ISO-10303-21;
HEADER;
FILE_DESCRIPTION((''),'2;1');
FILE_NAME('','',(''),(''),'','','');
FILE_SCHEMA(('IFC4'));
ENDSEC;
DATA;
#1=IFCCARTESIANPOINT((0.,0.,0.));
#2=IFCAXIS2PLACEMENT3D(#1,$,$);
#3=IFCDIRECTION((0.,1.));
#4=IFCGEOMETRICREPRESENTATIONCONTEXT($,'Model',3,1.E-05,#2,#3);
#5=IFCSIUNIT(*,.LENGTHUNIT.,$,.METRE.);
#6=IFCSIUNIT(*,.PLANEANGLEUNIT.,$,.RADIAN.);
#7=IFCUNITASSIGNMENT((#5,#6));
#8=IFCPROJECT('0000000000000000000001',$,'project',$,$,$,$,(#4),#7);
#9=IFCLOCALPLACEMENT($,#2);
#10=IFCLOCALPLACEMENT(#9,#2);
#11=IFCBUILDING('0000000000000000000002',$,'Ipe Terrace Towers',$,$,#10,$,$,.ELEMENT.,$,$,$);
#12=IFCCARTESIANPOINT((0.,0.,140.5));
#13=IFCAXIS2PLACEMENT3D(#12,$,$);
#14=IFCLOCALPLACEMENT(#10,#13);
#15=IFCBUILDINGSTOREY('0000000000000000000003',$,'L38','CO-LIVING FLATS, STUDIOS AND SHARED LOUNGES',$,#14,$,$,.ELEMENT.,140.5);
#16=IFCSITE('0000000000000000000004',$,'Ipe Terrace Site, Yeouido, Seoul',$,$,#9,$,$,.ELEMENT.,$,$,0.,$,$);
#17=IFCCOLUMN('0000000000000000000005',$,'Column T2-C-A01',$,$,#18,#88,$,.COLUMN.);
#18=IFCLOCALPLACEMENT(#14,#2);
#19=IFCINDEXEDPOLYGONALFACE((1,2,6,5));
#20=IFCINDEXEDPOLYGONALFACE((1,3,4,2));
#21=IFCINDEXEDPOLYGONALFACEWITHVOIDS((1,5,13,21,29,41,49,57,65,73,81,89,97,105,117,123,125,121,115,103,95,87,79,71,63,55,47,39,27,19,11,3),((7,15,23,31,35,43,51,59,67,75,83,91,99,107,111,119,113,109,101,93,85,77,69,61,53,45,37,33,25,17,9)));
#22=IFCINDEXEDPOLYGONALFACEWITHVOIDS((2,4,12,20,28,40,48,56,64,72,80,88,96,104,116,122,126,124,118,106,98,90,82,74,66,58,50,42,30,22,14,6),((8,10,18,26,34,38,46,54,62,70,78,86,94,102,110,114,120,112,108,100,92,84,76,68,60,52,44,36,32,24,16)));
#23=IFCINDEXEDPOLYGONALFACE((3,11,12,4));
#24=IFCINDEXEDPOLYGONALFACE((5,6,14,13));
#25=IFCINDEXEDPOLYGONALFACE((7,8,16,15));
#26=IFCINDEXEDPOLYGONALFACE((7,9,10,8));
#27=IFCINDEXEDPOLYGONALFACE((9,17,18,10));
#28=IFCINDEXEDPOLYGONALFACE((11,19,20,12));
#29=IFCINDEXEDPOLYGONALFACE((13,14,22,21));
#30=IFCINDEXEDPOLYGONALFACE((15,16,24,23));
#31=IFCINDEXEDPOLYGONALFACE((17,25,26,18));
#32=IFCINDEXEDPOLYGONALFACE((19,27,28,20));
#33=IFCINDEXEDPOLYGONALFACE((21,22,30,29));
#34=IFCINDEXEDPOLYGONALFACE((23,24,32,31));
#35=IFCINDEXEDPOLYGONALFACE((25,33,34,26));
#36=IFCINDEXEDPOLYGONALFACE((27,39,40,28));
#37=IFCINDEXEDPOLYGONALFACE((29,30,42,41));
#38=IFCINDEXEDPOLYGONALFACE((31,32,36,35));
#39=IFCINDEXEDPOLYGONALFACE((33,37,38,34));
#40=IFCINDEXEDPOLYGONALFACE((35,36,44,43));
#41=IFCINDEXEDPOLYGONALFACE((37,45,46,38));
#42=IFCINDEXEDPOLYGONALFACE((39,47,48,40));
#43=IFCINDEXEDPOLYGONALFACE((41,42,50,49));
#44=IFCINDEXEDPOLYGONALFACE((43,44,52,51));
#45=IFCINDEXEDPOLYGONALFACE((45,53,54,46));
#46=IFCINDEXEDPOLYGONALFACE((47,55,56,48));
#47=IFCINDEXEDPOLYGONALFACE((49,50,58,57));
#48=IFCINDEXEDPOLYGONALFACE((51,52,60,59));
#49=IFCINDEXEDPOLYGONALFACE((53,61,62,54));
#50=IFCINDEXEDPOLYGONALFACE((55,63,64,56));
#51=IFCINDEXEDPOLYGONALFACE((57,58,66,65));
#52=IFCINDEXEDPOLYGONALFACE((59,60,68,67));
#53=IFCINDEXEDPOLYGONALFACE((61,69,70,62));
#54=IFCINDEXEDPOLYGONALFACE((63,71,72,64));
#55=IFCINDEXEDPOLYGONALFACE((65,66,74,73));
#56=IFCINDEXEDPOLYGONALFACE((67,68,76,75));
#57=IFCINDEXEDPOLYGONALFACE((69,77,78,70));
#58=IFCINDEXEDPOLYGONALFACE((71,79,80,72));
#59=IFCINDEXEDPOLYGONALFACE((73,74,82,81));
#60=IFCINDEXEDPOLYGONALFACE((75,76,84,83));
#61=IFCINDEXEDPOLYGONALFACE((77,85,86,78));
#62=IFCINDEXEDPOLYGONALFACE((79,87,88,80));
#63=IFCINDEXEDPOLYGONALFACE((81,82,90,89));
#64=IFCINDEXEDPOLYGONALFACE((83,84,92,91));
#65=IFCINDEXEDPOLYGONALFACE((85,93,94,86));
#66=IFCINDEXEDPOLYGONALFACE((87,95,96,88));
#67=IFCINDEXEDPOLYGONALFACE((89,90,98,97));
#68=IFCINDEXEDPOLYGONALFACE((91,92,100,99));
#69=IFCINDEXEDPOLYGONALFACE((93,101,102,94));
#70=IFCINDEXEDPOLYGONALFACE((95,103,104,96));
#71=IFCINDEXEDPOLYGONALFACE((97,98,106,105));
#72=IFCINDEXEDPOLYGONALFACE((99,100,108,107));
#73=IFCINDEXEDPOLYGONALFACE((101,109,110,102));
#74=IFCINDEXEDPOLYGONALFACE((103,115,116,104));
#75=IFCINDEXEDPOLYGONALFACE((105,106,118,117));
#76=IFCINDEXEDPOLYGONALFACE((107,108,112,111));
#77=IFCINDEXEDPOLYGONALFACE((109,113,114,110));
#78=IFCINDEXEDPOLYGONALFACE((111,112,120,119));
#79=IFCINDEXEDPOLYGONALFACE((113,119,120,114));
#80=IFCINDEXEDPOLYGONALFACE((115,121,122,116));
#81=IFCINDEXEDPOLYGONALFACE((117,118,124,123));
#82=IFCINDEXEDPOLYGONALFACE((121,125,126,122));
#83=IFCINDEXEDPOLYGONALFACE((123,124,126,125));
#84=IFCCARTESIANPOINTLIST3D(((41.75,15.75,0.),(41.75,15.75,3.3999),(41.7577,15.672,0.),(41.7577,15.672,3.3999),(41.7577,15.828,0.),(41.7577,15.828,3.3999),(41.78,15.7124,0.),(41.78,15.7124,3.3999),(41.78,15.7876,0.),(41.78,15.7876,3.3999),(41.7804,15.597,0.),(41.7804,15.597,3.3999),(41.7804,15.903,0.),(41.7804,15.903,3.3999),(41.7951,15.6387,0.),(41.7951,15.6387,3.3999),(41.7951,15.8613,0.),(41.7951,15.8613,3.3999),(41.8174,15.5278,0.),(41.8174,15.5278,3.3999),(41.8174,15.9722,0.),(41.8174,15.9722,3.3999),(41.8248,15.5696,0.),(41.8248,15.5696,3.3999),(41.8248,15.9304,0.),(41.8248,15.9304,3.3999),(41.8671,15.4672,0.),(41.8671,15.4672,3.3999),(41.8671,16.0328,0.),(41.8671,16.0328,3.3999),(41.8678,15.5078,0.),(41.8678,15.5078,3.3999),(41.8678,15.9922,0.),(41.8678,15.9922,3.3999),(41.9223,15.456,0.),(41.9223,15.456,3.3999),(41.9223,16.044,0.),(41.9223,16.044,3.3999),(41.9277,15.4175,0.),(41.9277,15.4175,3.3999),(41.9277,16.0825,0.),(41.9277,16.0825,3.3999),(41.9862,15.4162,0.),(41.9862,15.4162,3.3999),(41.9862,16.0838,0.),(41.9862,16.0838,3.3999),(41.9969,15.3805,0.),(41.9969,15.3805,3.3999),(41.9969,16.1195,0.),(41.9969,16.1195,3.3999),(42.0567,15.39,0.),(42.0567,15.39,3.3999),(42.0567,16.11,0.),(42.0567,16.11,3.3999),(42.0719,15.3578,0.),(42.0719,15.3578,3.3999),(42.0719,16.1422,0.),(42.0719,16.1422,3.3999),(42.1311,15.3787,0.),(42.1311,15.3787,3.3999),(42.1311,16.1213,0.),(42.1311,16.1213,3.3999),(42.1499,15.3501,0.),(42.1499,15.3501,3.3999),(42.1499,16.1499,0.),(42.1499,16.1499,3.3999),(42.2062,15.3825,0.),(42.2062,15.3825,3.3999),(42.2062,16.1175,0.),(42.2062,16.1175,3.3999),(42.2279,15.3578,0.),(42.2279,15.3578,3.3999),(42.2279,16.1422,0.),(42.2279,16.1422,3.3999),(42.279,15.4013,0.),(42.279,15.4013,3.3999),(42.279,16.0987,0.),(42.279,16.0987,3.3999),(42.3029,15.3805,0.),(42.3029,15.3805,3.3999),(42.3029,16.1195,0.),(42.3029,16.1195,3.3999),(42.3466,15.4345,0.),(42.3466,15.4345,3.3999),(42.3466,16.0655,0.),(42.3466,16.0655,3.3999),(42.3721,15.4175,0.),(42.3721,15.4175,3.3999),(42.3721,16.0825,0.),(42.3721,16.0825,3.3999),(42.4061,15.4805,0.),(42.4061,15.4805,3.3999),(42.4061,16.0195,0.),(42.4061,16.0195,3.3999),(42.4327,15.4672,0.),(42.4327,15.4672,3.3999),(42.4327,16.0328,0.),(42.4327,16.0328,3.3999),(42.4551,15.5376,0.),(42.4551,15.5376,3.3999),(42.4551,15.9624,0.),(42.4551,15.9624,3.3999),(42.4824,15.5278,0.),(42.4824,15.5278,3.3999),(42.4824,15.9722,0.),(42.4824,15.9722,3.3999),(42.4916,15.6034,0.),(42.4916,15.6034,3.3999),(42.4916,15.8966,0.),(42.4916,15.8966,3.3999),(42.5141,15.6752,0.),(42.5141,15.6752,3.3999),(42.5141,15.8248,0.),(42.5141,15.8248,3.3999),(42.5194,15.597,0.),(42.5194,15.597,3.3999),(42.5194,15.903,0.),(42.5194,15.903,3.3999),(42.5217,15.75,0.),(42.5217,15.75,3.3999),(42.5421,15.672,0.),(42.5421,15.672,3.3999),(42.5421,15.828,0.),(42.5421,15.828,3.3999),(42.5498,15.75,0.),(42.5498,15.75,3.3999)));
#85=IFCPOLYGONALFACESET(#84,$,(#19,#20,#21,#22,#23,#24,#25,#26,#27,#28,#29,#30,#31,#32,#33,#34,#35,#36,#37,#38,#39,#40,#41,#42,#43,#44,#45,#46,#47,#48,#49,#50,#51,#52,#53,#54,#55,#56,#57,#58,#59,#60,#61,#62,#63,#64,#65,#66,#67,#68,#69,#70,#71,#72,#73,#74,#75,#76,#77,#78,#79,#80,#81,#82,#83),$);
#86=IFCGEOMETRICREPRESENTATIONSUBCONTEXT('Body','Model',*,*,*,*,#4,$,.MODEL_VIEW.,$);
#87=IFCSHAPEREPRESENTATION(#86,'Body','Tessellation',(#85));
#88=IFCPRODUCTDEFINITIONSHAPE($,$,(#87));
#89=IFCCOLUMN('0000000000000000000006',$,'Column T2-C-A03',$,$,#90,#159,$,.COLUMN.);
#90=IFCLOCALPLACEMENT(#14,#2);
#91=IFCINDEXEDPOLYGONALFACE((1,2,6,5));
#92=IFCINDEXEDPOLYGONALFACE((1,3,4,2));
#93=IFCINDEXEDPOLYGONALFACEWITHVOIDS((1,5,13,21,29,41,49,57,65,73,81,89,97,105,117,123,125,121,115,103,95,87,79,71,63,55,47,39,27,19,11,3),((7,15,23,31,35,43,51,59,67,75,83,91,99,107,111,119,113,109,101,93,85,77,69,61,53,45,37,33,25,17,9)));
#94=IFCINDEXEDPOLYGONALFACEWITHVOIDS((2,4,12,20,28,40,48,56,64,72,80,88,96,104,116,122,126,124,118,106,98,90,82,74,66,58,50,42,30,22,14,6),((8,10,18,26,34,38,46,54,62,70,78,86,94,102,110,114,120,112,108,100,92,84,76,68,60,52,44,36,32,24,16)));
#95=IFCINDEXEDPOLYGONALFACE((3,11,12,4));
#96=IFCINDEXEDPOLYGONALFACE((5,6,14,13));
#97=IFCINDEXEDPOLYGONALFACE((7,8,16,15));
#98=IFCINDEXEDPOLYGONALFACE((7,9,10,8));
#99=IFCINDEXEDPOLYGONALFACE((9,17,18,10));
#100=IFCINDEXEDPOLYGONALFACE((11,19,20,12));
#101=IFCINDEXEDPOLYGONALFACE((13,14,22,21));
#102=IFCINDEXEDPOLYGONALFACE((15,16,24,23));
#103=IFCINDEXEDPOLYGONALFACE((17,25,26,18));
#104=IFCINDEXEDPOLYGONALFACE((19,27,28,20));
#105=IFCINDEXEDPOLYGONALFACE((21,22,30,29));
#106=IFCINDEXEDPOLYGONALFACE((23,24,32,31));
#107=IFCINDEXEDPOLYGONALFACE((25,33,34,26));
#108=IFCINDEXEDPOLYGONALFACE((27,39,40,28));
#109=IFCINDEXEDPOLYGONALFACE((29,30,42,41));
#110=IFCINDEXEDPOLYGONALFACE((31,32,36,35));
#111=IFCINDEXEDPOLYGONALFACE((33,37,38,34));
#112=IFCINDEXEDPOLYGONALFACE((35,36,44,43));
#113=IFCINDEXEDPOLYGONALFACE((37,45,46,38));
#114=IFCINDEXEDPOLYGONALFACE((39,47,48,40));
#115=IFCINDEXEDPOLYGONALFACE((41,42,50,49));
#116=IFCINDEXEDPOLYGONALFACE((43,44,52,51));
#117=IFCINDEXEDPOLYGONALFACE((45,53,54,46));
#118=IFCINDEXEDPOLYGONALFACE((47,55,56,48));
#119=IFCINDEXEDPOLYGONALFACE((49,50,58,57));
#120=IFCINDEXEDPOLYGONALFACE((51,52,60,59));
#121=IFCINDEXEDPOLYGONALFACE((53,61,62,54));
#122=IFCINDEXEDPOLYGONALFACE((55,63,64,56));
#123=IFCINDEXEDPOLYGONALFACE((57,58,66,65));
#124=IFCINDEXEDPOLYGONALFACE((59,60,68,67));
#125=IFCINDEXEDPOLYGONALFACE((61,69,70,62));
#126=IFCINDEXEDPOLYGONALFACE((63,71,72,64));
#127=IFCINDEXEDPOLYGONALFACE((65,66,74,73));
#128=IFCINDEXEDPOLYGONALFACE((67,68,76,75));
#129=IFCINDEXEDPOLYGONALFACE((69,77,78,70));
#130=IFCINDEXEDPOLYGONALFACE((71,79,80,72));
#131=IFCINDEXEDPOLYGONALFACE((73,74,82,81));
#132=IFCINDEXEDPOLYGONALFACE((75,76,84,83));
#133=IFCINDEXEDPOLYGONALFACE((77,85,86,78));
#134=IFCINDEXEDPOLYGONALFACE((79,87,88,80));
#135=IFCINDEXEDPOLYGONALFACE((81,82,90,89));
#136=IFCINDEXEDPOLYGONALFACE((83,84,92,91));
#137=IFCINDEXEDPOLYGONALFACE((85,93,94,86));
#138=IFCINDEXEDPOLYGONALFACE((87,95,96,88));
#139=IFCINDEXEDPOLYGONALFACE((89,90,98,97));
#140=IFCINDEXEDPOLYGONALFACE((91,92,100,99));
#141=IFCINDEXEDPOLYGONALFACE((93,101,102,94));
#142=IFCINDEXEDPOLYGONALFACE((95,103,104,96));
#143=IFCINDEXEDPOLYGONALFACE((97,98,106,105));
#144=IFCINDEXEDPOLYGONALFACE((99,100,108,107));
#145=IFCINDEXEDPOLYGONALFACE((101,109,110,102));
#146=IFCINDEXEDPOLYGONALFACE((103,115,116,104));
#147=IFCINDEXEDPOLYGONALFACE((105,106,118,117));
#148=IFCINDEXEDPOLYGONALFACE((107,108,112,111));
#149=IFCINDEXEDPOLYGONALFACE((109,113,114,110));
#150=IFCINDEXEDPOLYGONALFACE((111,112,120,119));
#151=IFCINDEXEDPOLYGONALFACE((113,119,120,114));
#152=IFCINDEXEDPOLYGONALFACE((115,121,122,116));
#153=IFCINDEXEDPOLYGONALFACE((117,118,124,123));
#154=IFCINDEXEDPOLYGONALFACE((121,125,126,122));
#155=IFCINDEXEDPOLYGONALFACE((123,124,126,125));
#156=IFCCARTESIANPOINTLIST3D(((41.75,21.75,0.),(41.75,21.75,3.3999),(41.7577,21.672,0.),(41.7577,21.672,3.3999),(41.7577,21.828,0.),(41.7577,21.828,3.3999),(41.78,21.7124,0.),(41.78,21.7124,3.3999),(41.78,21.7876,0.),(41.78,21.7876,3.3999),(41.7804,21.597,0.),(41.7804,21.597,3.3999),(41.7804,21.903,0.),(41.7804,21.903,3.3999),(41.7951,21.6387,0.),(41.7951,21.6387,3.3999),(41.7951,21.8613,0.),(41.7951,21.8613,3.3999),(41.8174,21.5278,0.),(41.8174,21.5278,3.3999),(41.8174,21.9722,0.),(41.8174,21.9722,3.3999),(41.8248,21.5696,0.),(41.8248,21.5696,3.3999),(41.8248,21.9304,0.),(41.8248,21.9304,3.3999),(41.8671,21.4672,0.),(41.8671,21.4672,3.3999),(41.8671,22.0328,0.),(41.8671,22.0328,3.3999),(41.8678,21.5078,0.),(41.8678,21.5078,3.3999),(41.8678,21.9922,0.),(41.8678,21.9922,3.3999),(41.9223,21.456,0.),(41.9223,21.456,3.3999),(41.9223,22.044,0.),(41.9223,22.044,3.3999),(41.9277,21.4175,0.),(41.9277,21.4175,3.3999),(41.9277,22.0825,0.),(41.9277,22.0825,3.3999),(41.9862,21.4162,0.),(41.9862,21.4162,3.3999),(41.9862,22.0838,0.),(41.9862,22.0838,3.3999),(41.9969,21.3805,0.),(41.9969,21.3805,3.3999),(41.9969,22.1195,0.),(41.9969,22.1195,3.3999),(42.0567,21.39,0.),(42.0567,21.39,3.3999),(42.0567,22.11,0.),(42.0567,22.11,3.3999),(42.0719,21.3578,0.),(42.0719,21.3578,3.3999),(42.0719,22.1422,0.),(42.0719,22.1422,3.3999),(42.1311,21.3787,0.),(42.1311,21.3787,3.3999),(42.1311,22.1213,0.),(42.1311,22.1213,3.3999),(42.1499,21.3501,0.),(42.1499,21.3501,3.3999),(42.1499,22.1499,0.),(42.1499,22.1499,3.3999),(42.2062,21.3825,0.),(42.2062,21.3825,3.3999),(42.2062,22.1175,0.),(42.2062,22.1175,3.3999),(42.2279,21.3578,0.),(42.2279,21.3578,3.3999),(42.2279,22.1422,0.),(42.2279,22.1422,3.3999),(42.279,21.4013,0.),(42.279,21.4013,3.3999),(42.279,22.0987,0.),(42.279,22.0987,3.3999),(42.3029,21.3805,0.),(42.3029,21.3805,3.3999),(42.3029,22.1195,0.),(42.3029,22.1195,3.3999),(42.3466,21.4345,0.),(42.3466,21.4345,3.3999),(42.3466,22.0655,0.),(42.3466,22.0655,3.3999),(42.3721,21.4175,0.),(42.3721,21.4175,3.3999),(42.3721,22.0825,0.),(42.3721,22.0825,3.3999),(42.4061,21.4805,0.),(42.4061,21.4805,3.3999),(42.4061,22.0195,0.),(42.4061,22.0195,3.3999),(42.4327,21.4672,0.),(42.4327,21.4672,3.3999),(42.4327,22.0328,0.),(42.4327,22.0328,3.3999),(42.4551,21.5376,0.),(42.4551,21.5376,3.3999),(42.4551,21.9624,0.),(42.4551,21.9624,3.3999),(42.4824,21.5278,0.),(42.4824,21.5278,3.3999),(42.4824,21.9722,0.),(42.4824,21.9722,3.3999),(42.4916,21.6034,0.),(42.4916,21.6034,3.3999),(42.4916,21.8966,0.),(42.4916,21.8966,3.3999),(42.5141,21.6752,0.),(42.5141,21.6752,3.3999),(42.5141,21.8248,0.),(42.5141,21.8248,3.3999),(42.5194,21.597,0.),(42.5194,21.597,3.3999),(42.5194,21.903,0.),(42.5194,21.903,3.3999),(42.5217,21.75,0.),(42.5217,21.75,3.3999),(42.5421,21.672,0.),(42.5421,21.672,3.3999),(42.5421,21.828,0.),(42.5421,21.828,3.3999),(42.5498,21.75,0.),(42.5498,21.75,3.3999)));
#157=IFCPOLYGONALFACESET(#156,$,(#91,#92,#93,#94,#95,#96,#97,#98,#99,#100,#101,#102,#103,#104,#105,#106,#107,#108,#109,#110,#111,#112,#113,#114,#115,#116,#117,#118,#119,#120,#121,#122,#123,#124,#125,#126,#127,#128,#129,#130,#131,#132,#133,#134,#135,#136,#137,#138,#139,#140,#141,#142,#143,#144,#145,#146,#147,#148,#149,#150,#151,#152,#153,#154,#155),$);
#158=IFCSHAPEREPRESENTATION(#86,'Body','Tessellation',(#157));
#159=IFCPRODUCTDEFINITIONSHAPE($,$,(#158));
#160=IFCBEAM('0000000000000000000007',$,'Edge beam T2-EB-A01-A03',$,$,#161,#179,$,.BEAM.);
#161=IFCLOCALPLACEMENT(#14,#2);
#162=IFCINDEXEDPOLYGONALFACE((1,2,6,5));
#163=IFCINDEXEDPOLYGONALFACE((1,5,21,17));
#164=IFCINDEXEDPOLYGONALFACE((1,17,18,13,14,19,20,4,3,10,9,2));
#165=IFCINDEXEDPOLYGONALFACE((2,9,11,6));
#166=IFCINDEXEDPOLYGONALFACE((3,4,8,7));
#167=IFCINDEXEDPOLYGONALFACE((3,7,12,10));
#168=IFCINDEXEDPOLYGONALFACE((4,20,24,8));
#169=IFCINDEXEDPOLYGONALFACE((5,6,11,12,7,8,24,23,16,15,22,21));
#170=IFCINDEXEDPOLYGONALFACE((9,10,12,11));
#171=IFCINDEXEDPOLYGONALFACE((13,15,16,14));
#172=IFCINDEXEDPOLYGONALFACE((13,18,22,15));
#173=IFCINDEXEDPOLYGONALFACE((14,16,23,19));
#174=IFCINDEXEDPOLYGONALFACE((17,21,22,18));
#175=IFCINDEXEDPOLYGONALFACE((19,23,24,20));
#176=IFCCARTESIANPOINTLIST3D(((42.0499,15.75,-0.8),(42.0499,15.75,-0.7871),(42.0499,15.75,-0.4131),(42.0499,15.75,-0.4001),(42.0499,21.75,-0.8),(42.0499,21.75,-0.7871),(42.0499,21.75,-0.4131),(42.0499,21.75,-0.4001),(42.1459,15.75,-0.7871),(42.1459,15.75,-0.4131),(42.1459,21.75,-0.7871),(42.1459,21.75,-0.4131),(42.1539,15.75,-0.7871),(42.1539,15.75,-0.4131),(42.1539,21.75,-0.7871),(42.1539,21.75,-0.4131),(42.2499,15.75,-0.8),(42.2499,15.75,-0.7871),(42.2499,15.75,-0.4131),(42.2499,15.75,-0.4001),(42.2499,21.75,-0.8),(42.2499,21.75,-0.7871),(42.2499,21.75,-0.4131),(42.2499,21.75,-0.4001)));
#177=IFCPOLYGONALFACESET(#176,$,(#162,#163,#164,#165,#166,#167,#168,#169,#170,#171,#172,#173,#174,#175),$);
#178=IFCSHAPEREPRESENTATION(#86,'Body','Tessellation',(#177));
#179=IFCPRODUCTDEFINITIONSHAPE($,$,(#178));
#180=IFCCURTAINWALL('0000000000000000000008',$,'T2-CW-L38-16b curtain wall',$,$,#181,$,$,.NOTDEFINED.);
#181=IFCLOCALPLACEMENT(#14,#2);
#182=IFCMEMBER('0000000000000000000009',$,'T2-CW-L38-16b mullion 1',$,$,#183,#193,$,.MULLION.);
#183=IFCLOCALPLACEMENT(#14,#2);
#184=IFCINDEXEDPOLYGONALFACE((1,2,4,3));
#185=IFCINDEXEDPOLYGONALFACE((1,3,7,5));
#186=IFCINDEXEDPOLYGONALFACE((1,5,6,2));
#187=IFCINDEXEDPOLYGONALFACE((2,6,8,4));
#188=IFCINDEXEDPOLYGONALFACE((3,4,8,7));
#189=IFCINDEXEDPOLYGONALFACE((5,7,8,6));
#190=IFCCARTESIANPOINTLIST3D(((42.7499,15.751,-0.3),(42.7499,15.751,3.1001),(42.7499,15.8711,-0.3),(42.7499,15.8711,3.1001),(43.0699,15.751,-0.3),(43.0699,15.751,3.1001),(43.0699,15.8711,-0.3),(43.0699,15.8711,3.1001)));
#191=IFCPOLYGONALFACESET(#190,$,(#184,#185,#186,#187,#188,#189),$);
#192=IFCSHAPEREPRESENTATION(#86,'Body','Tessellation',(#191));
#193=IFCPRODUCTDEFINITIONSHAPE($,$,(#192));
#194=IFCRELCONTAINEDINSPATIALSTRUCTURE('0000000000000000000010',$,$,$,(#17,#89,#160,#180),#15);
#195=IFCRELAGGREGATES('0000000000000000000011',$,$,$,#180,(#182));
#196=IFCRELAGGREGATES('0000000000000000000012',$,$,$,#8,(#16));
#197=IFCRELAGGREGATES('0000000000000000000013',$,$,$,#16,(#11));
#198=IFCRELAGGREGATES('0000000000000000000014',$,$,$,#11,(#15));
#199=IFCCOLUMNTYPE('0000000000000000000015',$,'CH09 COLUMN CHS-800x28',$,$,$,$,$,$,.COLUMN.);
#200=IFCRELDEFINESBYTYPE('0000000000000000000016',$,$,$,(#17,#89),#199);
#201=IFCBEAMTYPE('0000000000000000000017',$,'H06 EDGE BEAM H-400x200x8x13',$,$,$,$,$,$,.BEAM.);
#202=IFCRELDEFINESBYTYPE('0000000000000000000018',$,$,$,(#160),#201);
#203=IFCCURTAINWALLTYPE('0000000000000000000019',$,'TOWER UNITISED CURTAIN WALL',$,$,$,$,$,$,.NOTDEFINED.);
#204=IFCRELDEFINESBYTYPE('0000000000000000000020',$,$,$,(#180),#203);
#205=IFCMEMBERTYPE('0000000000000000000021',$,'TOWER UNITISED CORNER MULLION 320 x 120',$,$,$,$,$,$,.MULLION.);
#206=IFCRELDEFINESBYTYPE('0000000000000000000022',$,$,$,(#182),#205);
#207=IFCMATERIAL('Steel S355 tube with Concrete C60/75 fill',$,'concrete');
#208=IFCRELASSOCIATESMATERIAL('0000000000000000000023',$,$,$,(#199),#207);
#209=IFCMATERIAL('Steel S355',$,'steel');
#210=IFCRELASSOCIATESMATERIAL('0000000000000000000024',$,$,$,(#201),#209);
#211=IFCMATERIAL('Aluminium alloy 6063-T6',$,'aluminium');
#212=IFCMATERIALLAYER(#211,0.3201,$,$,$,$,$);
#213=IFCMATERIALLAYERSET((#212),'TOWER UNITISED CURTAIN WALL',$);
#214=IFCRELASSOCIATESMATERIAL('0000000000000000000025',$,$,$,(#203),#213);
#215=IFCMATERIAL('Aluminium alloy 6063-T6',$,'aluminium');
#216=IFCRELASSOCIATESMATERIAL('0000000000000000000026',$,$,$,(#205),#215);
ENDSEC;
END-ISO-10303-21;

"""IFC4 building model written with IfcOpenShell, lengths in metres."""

from ifc_helpers import new_model, si_unit, direction, frame, origin, origin_2d, place, context, subcontext, project, spatial, rectangle, hollow_circle, i_section, extrude, material, layer, layer_set, material_profile, profile_set, type_object, element, aggregate, save


model = new_model("IFC4")

# Units and contexts
model_context = context("Model", 3, precision=1e-05, world=origin(), true_north=direction((0.0, 1.0)))
body_context = subcontext(model_context, "Body", "Model", "MODEL_VIEW")
ifc_project = project(units=[si_unit("LENGTHUNIT", "METRE"), si_unit("PLANEANGLEUNIT", "RADIAN")], contexts=[model_context])

# Site, building, storey
site_placement = place(None, origin())
site = spatial("IfcSite", under=ifc_project, at=site_placement, Name="Ipe Terrace Site, Yeouido, Seoul", CompositionType="ELEMENT", RefElevation=0.0)
building_placement = place(site_placement, origin())
building = spatial("IfcBuilding", under=site, at=building_placement, Name="Ipe Terrace Towers", CompositionType="ELEMENT")
storey_placement = place(building_placement, frame((0.0, 0.0, 140.5)))
storey = spatial("IfcBuildingStorey", under=building, at=storey_placement, Name="L38", Description="CO-LIVING FLATS, STUDIOS AND SHARED LOUNGES", CompositionType="ELEMENT", Elevation=140.5)

# Columns
ifc_material_1 = material(Name="Steel S355 tube with Concrete C60/75 fill", Category="concrete")
ifc_material_profile_1 = material_profile(ifc_material_1, hollow_circle(Radius=0.3999, WallThickness=0.0281, at=origin_2d()), Name="CHS-800x28")
ifc_profile_set_1 = profile_set([ifc_material_profile_1], Name="Steel S355 tube with Concrete C60/75 fill")
column_type = type_object("IfcColumnType", Name="CH09 COLUMN CHS-800x28", PredefinedType="COLUMN", material=ifc_profile_set_1)
for number, where, z_axis, x_axis, name in (
    (1, (42.1499, 15.75, 0.0), (0.0, 0.0, 1.0), (1.0, 0.0, 0.0), "Column T2-C-A01"),
    (2, (42.1499, 21.75, 0.0), (0.0, 0.0, 1.0), (1.0, 0.0, 0.0), "Column T2-C-A03"),
):
    element("IfcColumn", number, at=place(storey_placement, frame(where, z_axis=z_axis, x_axis=x_axis)), inside=storey, type_object=column_type, Name=name, PredefinedType="COLUMN", context=body_context, shape_type="SweptSolid", body=[
        extrude(hollow_circle(Radius=0.3999, WallThickness=0.0281, at=origin_2d()), origin(), (0.0, 0.0, 1.0), 3.3999),
    ])

# Beam
ifc_material_2 = material(Name="Steel S355", Category="steel")
ifc_material_profile_2 = material_profile(ifc_material_2, i_section(OverallWidth=0.2, OverallDepth=0.3999, WebThickness=0.0081, FlangeThickness=0.0129, at=origin_2d()), Name="H-400x200x8x13")
ifc_profile_set_2 = profile_set([ifc_material_profile_2], Name="Steel S355")
beam_type = type_object("IfcBeamType", Name="H06 EDGE BEAM H-400x200x8x13", PredefinedType="BEAM", material=ifc_profile_set_2)
beam_placement = place(storey_placement, frame((42.1499, 15.75, -0.6001), z_axis=(0.0, 1.0, 0.0), x_axis=(-1.0, 0.0, 0.0)))
element("IfcBeam", 3, at=beam_placement, inside=storey, type_object=beam_type, Name="Edge beam T2-EB-A01-A03", PredefinedType="BEAM", context=body_context, shape_type="SweptSolid", body=[
    extrude(i_section(OverallWidth=0.2, OverallDepth=0.3999, WebThickness=0.0081, FlangeThickness=0.0129, at=origin_2d()), origin(), (0.0, 0.0, 1.0), 6.0),
])

# Curtain wall, member
ifc_material_3 = material(Name="Aluminium alloy 6063-T6", Category="aluminium")
ifc_layer_1 = layer(ifc_material_3, 0.3201)
ifc_layer_set_1 = layer_set([ifc_layer_1], Name="TOWER UNITISED CURTAIN WALL")
curtain_wall_type = type_object("IfcCurtainWallType", Name="TOWER UNITISED CURTAIN WALL", PredefinedType="NOTDEFINED", material=ifc_layer_set_1)
curtain_wall_1_placement = place(storey_placement, origin())
curtain_wall_1 = element("IfcCurtainWall", 4, at=curtain_wall_1_placement, inside=storey, type_object=curtain_wall_type, Name="T2-CW-L38-16b curtain wall", PredefinedType="NOTDEFINED")
ifc_material_4 = material(Name="Aluminium alloy 6063-T6", Category="aluminium")
ifc_material_profile_3 = material_profile(ifc_material_4, rectangle(XDim=0.3201, YDim=0.1201, at=origin_2d()), Name="TOWER UNITISED CORNER MULLION 320 x 120")
ifc_profile_set_3 = profile_set([ifc_material_profile_3], Name="Aluminium alloy 6063-T6")
member_type_1 = type_object("IfcMemberType", Name="TOWER UNITISED CORNER MULLION 320 x 120", PredefinedType="MULLION", material=ifc_profile_set_3)
member_1_placement = place(storey_placement, frame((42.9099, 15.811, -0.3), z_axis=(0.0, 0.0, 1.0), x_axis=(1.0, 0.0, 0.0)))
member_1 = element("IfcMember", 5, at=member_1_placement, type_object=member_type_1, Name="T2-CW-L38-16b mullion 1", PredefinedType="MULLION", context=body_context, shape_type="SweptSolid", body=[
    extrude(rectangle(XDim=0.3201, YDim=0.1201, at=origin_2d()), origin(), (0.0, 0.0, 1.0), 3.4001),
])

aggregate(curtain_wall_1, [member_1])

save(model, "model.ifc")
